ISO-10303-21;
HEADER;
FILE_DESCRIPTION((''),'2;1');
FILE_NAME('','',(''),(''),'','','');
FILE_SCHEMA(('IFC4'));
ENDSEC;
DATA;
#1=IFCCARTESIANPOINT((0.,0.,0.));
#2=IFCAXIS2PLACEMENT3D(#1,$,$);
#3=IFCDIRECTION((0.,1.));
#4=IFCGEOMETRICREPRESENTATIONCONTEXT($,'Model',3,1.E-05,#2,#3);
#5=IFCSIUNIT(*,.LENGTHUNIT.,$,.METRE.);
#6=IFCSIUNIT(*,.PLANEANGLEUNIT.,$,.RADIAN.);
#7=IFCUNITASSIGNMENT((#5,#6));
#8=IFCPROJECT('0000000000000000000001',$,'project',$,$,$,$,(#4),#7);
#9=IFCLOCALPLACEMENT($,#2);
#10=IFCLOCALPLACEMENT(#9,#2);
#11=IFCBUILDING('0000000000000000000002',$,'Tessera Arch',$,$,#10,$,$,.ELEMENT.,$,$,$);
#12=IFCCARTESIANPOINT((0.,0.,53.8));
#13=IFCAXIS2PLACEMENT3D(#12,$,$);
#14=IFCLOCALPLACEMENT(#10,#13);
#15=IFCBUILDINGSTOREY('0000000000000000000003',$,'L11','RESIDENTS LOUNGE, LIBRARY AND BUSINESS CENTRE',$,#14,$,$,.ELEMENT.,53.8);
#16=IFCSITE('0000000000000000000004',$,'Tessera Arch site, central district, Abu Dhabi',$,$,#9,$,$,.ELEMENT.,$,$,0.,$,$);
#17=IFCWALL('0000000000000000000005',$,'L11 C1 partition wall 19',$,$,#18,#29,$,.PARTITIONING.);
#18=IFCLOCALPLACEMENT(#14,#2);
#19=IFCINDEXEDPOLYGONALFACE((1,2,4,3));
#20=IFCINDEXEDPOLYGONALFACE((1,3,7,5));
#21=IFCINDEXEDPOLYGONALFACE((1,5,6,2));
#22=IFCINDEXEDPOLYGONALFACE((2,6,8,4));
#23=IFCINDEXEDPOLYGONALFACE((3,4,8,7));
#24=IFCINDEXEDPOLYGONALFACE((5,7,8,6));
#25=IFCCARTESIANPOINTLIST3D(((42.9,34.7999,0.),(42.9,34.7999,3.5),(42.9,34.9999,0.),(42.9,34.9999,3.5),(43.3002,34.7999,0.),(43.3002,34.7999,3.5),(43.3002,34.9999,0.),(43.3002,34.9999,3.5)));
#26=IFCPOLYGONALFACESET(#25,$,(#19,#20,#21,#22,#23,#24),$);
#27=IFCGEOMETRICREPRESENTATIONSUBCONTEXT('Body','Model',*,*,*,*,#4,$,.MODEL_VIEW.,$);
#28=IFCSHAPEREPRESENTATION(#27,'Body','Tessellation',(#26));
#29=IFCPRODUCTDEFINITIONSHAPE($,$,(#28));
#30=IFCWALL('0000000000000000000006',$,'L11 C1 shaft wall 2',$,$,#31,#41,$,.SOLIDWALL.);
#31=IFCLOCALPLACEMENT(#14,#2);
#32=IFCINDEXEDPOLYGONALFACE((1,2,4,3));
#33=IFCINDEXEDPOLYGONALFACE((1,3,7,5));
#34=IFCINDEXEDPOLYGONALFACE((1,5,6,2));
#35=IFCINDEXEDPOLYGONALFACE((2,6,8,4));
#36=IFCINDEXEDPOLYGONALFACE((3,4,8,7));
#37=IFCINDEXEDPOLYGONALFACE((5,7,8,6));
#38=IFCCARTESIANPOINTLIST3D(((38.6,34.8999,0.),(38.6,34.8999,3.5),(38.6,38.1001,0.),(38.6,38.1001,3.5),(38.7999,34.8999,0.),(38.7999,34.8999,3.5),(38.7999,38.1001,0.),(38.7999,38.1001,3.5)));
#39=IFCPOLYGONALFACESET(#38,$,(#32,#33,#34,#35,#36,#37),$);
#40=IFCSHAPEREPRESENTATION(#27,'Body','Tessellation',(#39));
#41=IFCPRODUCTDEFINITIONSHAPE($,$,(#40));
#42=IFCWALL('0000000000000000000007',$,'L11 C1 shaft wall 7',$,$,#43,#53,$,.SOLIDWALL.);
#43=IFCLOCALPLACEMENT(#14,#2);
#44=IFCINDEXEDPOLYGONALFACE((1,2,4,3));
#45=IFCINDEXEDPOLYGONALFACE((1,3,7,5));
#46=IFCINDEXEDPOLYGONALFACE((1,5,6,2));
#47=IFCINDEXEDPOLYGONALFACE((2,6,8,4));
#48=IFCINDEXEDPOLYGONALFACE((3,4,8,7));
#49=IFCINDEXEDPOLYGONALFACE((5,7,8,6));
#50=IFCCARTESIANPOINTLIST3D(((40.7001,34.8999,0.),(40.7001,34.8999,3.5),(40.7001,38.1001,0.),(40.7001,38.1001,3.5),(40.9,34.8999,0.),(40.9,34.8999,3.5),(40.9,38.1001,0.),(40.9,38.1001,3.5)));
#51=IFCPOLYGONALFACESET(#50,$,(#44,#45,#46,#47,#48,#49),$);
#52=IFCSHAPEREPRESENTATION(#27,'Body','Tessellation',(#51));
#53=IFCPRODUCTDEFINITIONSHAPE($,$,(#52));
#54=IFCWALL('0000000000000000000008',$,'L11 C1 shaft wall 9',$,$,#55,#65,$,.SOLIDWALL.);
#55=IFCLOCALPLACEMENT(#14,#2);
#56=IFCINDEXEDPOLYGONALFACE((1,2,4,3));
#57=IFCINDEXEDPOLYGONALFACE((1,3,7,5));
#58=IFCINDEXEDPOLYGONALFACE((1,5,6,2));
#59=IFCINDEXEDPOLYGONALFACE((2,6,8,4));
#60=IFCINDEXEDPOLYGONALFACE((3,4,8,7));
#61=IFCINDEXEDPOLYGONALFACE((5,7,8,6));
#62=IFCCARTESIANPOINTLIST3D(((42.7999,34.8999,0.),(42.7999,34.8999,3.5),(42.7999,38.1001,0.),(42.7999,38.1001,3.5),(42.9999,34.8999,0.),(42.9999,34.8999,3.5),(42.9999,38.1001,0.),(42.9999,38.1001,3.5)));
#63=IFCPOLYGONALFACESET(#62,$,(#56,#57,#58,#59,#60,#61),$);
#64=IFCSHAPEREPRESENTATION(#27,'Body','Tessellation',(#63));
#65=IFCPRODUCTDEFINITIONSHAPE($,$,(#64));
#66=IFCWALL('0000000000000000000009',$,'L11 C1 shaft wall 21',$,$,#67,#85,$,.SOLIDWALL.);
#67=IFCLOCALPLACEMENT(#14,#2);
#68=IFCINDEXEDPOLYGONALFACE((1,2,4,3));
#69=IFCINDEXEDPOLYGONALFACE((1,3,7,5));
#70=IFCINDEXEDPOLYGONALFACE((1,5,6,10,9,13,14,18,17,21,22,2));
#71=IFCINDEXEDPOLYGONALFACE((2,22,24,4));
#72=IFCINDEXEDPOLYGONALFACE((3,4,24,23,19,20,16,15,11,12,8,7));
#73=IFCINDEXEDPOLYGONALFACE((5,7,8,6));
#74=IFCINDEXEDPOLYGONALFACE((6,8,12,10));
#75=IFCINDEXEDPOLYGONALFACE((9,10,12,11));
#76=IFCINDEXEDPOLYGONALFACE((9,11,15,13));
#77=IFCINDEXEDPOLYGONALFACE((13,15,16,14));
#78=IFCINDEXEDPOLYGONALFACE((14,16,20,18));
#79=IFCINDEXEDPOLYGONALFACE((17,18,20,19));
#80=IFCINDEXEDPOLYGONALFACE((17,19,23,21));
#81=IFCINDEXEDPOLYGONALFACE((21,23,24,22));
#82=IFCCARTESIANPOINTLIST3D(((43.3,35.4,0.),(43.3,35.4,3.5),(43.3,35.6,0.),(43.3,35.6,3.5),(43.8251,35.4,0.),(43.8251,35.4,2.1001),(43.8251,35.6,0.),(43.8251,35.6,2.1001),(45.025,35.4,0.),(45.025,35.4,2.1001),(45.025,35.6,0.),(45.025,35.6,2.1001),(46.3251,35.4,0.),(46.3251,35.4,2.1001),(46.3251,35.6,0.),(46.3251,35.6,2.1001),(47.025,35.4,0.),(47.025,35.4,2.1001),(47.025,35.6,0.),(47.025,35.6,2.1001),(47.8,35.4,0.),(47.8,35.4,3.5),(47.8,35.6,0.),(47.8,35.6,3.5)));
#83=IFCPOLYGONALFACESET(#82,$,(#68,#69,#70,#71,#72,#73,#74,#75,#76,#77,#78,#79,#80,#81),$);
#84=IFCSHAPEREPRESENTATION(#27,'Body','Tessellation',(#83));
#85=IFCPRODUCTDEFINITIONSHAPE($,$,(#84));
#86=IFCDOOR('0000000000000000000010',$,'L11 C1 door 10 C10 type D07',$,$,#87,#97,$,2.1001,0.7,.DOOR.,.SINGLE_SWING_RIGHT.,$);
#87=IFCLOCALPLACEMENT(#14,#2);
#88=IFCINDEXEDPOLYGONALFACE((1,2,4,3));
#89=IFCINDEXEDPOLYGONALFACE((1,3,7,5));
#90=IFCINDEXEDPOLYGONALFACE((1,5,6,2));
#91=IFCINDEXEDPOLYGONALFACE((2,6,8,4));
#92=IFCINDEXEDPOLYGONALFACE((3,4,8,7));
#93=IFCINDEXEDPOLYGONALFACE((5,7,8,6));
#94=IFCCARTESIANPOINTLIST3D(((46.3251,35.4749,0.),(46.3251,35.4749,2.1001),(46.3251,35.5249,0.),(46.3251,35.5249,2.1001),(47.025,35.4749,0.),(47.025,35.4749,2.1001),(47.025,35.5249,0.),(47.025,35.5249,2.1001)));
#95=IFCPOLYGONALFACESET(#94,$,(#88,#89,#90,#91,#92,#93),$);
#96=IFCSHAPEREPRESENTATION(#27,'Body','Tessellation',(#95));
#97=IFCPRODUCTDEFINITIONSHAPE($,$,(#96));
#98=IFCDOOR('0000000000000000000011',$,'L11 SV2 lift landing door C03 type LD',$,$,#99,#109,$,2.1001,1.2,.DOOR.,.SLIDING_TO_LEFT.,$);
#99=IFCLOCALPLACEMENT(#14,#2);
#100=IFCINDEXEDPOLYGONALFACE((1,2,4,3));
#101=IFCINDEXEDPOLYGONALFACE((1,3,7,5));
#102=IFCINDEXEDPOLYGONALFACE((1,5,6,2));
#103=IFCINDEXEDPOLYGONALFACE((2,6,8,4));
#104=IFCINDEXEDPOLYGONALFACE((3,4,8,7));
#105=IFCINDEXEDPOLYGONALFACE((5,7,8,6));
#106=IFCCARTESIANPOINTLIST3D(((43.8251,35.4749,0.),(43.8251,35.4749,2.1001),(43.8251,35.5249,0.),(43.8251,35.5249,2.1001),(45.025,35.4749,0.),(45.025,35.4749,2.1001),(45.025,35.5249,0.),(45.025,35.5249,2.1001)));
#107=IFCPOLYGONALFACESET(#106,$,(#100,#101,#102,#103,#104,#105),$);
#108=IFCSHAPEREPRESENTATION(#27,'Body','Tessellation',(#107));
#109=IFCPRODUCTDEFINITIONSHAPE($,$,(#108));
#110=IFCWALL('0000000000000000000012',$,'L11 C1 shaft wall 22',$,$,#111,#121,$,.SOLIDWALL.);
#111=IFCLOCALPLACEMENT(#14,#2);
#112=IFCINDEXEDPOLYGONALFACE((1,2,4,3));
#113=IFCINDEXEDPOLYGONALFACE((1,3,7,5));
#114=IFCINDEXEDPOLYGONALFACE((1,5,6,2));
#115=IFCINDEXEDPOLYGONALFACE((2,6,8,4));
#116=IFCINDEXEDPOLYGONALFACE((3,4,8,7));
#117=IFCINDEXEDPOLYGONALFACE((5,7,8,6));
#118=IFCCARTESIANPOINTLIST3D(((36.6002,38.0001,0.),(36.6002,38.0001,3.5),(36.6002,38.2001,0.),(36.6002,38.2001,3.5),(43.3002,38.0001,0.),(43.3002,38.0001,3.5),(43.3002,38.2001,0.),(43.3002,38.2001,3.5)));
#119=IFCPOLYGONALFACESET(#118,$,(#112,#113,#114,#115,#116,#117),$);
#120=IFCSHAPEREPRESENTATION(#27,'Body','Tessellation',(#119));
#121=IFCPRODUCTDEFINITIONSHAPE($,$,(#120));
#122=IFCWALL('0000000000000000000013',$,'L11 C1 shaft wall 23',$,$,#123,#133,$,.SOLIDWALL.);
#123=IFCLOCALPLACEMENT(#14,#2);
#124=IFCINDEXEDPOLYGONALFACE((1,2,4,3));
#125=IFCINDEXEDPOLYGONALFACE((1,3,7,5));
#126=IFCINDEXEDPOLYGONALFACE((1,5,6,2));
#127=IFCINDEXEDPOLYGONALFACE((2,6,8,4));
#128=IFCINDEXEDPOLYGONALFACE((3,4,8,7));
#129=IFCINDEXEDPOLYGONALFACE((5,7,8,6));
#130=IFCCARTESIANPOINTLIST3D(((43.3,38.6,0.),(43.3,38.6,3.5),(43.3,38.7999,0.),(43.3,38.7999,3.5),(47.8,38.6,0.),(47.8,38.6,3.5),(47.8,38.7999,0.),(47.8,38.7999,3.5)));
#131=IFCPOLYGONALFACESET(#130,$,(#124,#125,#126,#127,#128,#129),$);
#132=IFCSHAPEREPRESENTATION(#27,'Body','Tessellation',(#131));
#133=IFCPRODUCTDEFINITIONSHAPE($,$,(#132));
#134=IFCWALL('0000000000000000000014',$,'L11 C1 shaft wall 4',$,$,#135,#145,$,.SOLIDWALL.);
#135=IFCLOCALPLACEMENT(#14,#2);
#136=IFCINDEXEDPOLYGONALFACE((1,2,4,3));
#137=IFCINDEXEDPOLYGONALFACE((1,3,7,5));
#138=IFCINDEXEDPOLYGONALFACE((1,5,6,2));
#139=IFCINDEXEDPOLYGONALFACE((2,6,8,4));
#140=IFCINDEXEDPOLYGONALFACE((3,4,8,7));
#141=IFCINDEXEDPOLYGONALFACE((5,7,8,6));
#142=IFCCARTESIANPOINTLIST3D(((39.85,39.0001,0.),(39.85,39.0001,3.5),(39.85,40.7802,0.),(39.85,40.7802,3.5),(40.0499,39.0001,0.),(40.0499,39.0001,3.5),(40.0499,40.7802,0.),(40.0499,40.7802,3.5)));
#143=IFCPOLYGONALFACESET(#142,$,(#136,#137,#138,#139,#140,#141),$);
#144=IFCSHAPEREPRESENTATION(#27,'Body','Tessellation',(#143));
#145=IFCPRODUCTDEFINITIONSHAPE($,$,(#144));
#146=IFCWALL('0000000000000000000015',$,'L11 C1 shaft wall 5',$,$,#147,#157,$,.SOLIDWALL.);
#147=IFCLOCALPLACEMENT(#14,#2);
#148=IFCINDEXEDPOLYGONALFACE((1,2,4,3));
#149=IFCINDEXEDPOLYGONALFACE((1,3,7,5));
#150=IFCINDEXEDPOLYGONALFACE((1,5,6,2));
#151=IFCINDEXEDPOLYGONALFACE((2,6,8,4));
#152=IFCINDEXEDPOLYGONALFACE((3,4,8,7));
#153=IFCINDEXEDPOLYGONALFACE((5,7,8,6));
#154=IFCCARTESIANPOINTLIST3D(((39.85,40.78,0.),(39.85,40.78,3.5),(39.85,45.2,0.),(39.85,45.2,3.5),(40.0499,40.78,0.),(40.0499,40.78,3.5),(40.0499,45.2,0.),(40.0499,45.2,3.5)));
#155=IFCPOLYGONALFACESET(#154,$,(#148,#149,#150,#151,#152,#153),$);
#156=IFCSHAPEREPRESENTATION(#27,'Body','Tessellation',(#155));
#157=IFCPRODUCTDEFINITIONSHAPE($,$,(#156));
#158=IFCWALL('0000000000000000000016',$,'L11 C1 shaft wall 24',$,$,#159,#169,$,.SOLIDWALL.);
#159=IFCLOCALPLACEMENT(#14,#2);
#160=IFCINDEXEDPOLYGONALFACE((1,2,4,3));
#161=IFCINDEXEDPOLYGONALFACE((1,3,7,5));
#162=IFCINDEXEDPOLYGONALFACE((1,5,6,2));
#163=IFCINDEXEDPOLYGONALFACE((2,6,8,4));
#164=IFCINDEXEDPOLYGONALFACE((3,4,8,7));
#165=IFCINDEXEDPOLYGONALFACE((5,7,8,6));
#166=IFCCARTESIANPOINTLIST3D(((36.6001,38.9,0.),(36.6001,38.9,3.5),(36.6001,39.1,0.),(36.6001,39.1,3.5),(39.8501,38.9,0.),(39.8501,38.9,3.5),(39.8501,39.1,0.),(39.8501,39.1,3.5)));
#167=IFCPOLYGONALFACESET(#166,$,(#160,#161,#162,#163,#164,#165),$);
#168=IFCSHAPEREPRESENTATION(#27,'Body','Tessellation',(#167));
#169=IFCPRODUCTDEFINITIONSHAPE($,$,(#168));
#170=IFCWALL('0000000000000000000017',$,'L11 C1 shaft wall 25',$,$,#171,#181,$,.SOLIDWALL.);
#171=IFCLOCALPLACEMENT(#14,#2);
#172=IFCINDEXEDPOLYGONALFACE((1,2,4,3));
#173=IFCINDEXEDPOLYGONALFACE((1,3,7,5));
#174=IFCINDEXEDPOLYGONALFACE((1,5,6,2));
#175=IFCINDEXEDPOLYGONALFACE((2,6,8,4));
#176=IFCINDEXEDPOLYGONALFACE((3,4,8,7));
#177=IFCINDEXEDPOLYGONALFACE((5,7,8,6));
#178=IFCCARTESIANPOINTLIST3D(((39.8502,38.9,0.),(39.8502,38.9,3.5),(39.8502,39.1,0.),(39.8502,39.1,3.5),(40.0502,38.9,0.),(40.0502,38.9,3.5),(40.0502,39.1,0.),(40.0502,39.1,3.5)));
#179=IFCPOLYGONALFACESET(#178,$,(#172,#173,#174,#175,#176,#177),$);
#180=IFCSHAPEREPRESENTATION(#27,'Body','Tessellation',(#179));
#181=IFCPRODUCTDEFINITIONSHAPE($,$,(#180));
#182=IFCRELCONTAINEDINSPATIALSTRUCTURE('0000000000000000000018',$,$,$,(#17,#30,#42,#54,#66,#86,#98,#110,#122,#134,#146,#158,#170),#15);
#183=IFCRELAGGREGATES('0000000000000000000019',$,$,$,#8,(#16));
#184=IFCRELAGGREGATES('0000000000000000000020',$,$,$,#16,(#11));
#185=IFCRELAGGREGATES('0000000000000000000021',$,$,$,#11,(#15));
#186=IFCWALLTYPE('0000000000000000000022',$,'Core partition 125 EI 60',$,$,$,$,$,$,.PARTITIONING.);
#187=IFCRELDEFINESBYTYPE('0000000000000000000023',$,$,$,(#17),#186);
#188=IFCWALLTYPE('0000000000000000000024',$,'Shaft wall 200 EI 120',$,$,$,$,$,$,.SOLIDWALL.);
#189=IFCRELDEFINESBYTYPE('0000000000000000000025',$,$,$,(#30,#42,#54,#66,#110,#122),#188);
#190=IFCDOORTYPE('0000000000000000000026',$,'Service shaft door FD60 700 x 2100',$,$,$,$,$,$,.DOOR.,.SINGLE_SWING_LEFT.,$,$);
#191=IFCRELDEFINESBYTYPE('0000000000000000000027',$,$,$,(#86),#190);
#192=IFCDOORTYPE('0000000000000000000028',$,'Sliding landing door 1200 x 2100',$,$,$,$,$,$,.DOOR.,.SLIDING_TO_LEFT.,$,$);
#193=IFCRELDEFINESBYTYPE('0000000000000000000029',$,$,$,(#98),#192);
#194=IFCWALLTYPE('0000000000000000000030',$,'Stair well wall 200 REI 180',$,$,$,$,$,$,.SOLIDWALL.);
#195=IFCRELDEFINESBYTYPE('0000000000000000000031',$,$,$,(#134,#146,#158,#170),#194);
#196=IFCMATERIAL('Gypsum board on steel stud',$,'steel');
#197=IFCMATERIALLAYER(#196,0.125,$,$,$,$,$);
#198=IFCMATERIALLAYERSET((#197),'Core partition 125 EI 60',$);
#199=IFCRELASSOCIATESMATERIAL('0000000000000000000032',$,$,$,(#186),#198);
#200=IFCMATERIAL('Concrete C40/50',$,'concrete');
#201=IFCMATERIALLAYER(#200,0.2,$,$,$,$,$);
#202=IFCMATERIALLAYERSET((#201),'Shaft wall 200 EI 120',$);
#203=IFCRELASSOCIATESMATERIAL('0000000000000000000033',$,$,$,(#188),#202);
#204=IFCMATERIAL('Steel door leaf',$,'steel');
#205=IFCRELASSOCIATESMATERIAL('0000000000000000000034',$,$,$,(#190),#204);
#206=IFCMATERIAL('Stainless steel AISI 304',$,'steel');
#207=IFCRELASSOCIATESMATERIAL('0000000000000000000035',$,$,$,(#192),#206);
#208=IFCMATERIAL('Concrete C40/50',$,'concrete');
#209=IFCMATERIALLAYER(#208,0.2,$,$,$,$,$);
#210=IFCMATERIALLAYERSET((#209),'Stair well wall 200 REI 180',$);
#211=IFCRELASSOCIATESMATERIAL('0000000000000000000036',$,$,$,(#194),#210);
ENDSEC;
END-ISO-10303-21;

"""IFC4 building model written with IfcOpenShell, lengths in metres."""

from ifc_helpers import new_model, si_unit, direction, frame, frame_2d, origin, place, context, subcontext, project, spatial, rectangle, extrude, material, layer, layer_set, type_object, element, fill, save


model = new_model("IFC4")

# Units and contexts
model_context = context("Model", 3, precision=1e-05, world=origin(), true_north=direction((0.0, 1.0)))
body_context = subcontext(model_context, "Body", "Model", "MODEL_VIEW")
ifc_project = project(units=[si_unit("LENGTHUNIT", "METRE"), si_unit("PLANEANGLEUNIT", "RADIAN")], contexts=[model_context])

# Site, building, storey
site_placement = place(None, origin())
site = spatial("IfcSite", under=ifc_project, at=site_placement, Name="Tessera Arch site, central district, Abu Dhabi", CompositionType="ELEMENT", RefElevation=0.0)
building_placement = place(site_placement, origin())
building = spatial("IfcBuilding", under=site, at=building_placement, Name="Tessera Arch", CompositionType="ELEMENT")
storey_placement = place(building_placement, frame((0.0, 0.0, 53.8)))
storey = spatial("IfcBuildingStorey", under=building, at=storey_placement, Name="L11", Description="RESIDENTS LOUNGE, LIBRARY AND BUSINESS CENTRE", CompositionType="ELEMENT", Elevation=53.8)

# Walls
ifc_material_1 = material(Name="Gypsum board on steel stud", Category="steel")
ifc_layer_1 = layer(ifc_material_1, 0.125)
ifc_layer_set_1 = layer_set([ifc_layer_1], Name="Core partition 125 EI 60")
wall_type_1 = type_object("IfcWallType", Name="Core partition 125 EI 60", PredefinedType="PARTITIONING", material=ifc_layer_set_1)
wall_1_placement = place(storey_placement, frame((42.8999, 34.8999, 0.0), z_axis=(0.0, 0.0, 1.0), x_axis=(1.0, 0.0, 0.0)))
element("IfcWall", 1, at=wall_1_placement, inside=storey, type_object=wall_type_1, Name="L11 C1 partition wall 19", PredefinedType="PARTITIONING", context=body_context, shape_type="SweptSolid", body=[
    extrude(rectangle(XDim=0.4001, YDim=0.2, at=frame_2d((0.2002, 0.0))), origin(), (0.0, 0.0, 1.0), 3.5),
])
ifc_material_2 = material(Name="Concrete C40/50", Category="concrete")
ifc_layer_2 = layer(ifc_material_2, 0.2)
ifc_layer_set_2 = layer_set([ifc_layer_2], Name="Shaft wall 200 EI 120")
wall_type_2 = type_object("IfcWallType", Name="Shaft wall 200 EI 120", PredefinedType="SOLIDWALL", material=ifc_layer_set_2)
for number, where, z_axis, x_axis, name in (
    (2, (38.7, 34.8999, 0.0), (0.0, 0.0, 1.0), (0.0, 1.0, 0.0), "L11 C1 shaft wall 2"),
    (3, (40.8, 34.8999, 0.0), (0.0, 0.0, 1.0), (0.0, 1.0, 0.0), "L11 C1 shaft wall 7"),
    (4, (42.8999, 34.8999, 0.0), (0.0, 0.0, 1.0), (0.0, 1.0, 0.0), "L11 C1 shaft wall 9"),
):
    element("IfcWall", number, at=place(storey_placement, frame(where, z_axis=z_axis, x_axis=x_axis)), inside=storey, type_object=wall_type_2, Name=name, PredefinedType="SOLIDWALL", context=body_context, shape_type="SweptSolid", body=[
        extrude(rectangle(XDim=3.2002, YDim=0.2, at=frame_2d((1.6001, 0.0))), origin(), (0.0, 0.0, 1.0), 3.5),
    ])

# Wall, openings, doors
wall_2_placement = place(storey_placement, frame((43.3, 35.5, 0.0), z_axis=(0.0, 0.0, 1.0), x_axis=(1.0, 0.0, 0.0)))
wall_2 = element("IfcWall", 5, at=wall_2_placement, inside=storey, type_object=wall_type_2, Name="L11 C1 shaft wall 21", PredefinedType="SOLIDWALL", context=body_context, shape_type="SweptSolid", body=[
    extrude(rectangle(XDim=4.5, YDim=0.2, at=frame_2d((2.25, 0.0))), origin(), (0.0, 0.0, 1.0), 3.5),
])
opening_1_placement = place(wall_2_placement, frame((0.5249, 0.0, 0.0)))
opening_1 = element("IfcOpeningElement", 6, at=opening_1_placement, cuts=wall_2, PredefinedType="OPENING", context=body_context, shape_type="SweptSolid", body=[
    extrude(rectangle(XDim=1.2, YDim=2.1001, at=frame_2d((0.6001, 1.05))), frame((0.0, 0.1099, 0.0), z_axis=(0.0, -1.0, 0.0), x_axis=(1.0, 0.0, 0.0)), (0.0, 0.0, 1.0), 0.22),
])
opening_2_placement = place(wall_2_placement, frame((3.0249, 0.0, 0.0)))
opening_2 = element("IfcOpeningElement", 7, at=opening_2_placement, cuts=wall_2, PredefinedType="OPENING", context=body_context, shape_type="SweptSolid", body=[
    extrude(rectangle(XDim=0.7, YDim=2.1001, at=frame_2d((0.3501, 1.05))), frame((0.0, 0.1099, 0.0), z_axis=(0.0, -1.0, 0.0), x_axis=(1.0, 0.0, 0.0)), (0.0, 0.0, 1.0), 0.22),
])
ifc_material_3 = material(Name="Steel door leaf", Category="steel")
door_type_1 = type_object("IfcDoorType", Name="Service shaft door FD60 700 x 2100", OperationType="SINGLE_SWING_LEFT", PredefinedType="DOOR", material=ifc_material_3)
door_1_placement = place(opening_2_placement, origin())
door_1 = element("IfcDoor", 8, at=door_1_placement, inside=storey, type_object=door_type_1, Name="L11 C1 door 10 C10 type D07", OperationType="SINGLE_SWING_RIGHT", OverallHeight=2.1001, OverallWidth=0.7, PredefinedType="DOOR", context=body_context, shape_type="SweptSolid", body=[
    extrude(rectangle(XDim=0.7, YDim=2.1001, at=frame_2d((0.3501, 1.05))), frame((0.0, 0.0249, 0.0), z_axis=(0.0, -1.0, 0.0), x_axis=(1.0, 0.0, 0.0)), (0.0, 0.0, 1.0), 0.05),
])
fill(opening_2, door_1)
ifc_material_4 = material(Name="Stainless steel AISI 304", Category="steel")
door_type_2 = type_object("IfcDoorType", Name="Sliding landing door 1200 x 2100", OperationType="SLIDING_TO_LEFT", PredefinedType="DOOR", material=ifc_material_4)
door_2_placement = place(opening_1_placement, origin())
door_2 = element("IfcDoor", 9, at=door_2_placement, inside=storey, type_object=door_type_2, Name="L11 SV2 lift landing door C03 type LD", OperationType="SLIDING_TO_LEFT", OverallHeight=2.1001, OverallWidth=1.2, PredefinedType="DOOR", context=body_context, shape_type="SweptSolid", body=[
    extrude(rectangle(XDim=1.2, YDim=2.1001, at=frame_2d((0.6001, 1.05))), frame((0.0, 0.0249, 0.0), z_axis=(0.0, -1.0, 0.0), x_axis=(1.0, 0.0, 0.0)), (0.0, 0.0, 1.0), 0.05),
])
fill(opening_1, door_2)

# Walls
wall_3_placement = place(storey_placement, frame((36.6001, 38.1001, 0.0), z_axis=(0.0, 0.0, 1.0), x_axis=(1.0, 0.0, 0.0)))
element("IfcWall", 10, at=wall_3_placement, inside=storey, type_object=wall_type_2, Name="L11 C1 shaft wall 22", PredefinedType="SOLIDWALL", context=body_context, shape_type="SweptSolid", body=[
    extrude(rectangle(XDim=6.7, YDim=0.2, at=frame_2d((3.3501, 0.0))), origin(), (0.0, 0.0, 1.0), 3.5),
])
wall_4_placement = place(storey_placement, frame((43.3, 38.7, 0.0), z_axis=(0.0, 0.0, 1.0), x_axis=(1.0, 0.0, 0.0)))
element("IfcWall", 11, at=wall_4_placement, inside=storey, type_object=wall_type_2, Name="L11 C1 shaft wall 23", PredefinedType="SOLIDWALL", context=body_context, shape_type="SweptSolid", body=[
    extrude(rectangle(XDim=4.5, YDim=0.2, at=frame_2d((2.25, 0.0))), origin(), (0.0, 0.0, 1.0), 3.5),
])
ifc_material_5 = material(Name="Concrete C40/50", Category="concrete")
ifc_layer_3 = layer(ifc_material_5, 0.2)
ifc_layer_set_3 = layer_set([ifc_layer_3], Name="Stair well wall 200 REI 180")
wall_type_3 = type_object("IfcWallType", Name="Stair well wall 200 REI 180", PredefinedType="SOLIDWALL", material=ifc_layer_set_3)
wall_5_placement = place(storey_placement, frame((39.95, 39.0, 0.0), z_axis=(0.0, 0.0, 1.0), x_axis=(0.0, 1.0, 0.0)))
element("IfcWall", 12, at=wall_5_placement, inside=storey, type_object=wall_type_3, Name="L11 C1 shaft wall 4", PredefinedType="SOLIDWALL", context=body_context, shape_type="SweptSolid", body=[
    extrude(rectangle(XDim=1.78, YDim=0.2, at=frame_2d((0.8901, 0.0))), origin(), (0.0, 0.0, 1.0), 3.5),
])
wall_6_placement = place(storey_placement, frame((39.95, 40.78, 0.0), z_axis=(0.0, 0.0, 1.0), x_axis=(0.0, 1.0, 0.0)))
element("IfcWall", 13, at=wall_6_placement, inside=storey, type_object=wall_type_3, Name="L11 C1 shaft wall 5", PredefinedType="SOLIDWALL", context=body_context, shape_type="SweptSolid", body=[
    extrude(rectangle(XDim=4.4199, YDim=0.2, at=frame_2d((2.21, 0.0))), origin(), (0.0, 0.0, 1.0), 3.5),
])
wall_7_placement = place(storey_placement, frame((36.6001, 39.0, 0.0), z_axis=(0.0, 0.0, 1.0), x_axis=(1.0, 0.0, 0.0)))
element("IfcWall", 14, at=wall_7_placement, inside=storey, type_object=wall_type_3, Name="L11 C1 shaft wall 24", PredefinedType="SOLIDWALL", context=body_context, shape_type="SweptSolid", body=[
    extrude(rectangle(XDim=3.25, YDim=0.2, at=frame_2d((1.625, 0.0))), origin(), (0.0, 0.0, 1.0), 3.5),
])
wall_8_placement = place(storey_placement, frame((39.8501, 39.0, 0.0), z_axis=(0.0, 0.0, 1.0), x_axis=(1.0, 0.0, 0.0)))
element("IfcWall", 15, at=wall_8_placement, inside=storey, type_object=wall_type_3, Name="L11 C1 shaft wall 25", PredefinedType="SOLIDWALL", context=body_context, shape_type="SweptSolid", body=[
    extrude(rectangle(XDim=0.2, YDim=0.2, at=frame_2d((0.1001, 0.0))), origin(), (0.0, 0.0, 1.0), 3.5),
])

save(model, "model.ifc")
